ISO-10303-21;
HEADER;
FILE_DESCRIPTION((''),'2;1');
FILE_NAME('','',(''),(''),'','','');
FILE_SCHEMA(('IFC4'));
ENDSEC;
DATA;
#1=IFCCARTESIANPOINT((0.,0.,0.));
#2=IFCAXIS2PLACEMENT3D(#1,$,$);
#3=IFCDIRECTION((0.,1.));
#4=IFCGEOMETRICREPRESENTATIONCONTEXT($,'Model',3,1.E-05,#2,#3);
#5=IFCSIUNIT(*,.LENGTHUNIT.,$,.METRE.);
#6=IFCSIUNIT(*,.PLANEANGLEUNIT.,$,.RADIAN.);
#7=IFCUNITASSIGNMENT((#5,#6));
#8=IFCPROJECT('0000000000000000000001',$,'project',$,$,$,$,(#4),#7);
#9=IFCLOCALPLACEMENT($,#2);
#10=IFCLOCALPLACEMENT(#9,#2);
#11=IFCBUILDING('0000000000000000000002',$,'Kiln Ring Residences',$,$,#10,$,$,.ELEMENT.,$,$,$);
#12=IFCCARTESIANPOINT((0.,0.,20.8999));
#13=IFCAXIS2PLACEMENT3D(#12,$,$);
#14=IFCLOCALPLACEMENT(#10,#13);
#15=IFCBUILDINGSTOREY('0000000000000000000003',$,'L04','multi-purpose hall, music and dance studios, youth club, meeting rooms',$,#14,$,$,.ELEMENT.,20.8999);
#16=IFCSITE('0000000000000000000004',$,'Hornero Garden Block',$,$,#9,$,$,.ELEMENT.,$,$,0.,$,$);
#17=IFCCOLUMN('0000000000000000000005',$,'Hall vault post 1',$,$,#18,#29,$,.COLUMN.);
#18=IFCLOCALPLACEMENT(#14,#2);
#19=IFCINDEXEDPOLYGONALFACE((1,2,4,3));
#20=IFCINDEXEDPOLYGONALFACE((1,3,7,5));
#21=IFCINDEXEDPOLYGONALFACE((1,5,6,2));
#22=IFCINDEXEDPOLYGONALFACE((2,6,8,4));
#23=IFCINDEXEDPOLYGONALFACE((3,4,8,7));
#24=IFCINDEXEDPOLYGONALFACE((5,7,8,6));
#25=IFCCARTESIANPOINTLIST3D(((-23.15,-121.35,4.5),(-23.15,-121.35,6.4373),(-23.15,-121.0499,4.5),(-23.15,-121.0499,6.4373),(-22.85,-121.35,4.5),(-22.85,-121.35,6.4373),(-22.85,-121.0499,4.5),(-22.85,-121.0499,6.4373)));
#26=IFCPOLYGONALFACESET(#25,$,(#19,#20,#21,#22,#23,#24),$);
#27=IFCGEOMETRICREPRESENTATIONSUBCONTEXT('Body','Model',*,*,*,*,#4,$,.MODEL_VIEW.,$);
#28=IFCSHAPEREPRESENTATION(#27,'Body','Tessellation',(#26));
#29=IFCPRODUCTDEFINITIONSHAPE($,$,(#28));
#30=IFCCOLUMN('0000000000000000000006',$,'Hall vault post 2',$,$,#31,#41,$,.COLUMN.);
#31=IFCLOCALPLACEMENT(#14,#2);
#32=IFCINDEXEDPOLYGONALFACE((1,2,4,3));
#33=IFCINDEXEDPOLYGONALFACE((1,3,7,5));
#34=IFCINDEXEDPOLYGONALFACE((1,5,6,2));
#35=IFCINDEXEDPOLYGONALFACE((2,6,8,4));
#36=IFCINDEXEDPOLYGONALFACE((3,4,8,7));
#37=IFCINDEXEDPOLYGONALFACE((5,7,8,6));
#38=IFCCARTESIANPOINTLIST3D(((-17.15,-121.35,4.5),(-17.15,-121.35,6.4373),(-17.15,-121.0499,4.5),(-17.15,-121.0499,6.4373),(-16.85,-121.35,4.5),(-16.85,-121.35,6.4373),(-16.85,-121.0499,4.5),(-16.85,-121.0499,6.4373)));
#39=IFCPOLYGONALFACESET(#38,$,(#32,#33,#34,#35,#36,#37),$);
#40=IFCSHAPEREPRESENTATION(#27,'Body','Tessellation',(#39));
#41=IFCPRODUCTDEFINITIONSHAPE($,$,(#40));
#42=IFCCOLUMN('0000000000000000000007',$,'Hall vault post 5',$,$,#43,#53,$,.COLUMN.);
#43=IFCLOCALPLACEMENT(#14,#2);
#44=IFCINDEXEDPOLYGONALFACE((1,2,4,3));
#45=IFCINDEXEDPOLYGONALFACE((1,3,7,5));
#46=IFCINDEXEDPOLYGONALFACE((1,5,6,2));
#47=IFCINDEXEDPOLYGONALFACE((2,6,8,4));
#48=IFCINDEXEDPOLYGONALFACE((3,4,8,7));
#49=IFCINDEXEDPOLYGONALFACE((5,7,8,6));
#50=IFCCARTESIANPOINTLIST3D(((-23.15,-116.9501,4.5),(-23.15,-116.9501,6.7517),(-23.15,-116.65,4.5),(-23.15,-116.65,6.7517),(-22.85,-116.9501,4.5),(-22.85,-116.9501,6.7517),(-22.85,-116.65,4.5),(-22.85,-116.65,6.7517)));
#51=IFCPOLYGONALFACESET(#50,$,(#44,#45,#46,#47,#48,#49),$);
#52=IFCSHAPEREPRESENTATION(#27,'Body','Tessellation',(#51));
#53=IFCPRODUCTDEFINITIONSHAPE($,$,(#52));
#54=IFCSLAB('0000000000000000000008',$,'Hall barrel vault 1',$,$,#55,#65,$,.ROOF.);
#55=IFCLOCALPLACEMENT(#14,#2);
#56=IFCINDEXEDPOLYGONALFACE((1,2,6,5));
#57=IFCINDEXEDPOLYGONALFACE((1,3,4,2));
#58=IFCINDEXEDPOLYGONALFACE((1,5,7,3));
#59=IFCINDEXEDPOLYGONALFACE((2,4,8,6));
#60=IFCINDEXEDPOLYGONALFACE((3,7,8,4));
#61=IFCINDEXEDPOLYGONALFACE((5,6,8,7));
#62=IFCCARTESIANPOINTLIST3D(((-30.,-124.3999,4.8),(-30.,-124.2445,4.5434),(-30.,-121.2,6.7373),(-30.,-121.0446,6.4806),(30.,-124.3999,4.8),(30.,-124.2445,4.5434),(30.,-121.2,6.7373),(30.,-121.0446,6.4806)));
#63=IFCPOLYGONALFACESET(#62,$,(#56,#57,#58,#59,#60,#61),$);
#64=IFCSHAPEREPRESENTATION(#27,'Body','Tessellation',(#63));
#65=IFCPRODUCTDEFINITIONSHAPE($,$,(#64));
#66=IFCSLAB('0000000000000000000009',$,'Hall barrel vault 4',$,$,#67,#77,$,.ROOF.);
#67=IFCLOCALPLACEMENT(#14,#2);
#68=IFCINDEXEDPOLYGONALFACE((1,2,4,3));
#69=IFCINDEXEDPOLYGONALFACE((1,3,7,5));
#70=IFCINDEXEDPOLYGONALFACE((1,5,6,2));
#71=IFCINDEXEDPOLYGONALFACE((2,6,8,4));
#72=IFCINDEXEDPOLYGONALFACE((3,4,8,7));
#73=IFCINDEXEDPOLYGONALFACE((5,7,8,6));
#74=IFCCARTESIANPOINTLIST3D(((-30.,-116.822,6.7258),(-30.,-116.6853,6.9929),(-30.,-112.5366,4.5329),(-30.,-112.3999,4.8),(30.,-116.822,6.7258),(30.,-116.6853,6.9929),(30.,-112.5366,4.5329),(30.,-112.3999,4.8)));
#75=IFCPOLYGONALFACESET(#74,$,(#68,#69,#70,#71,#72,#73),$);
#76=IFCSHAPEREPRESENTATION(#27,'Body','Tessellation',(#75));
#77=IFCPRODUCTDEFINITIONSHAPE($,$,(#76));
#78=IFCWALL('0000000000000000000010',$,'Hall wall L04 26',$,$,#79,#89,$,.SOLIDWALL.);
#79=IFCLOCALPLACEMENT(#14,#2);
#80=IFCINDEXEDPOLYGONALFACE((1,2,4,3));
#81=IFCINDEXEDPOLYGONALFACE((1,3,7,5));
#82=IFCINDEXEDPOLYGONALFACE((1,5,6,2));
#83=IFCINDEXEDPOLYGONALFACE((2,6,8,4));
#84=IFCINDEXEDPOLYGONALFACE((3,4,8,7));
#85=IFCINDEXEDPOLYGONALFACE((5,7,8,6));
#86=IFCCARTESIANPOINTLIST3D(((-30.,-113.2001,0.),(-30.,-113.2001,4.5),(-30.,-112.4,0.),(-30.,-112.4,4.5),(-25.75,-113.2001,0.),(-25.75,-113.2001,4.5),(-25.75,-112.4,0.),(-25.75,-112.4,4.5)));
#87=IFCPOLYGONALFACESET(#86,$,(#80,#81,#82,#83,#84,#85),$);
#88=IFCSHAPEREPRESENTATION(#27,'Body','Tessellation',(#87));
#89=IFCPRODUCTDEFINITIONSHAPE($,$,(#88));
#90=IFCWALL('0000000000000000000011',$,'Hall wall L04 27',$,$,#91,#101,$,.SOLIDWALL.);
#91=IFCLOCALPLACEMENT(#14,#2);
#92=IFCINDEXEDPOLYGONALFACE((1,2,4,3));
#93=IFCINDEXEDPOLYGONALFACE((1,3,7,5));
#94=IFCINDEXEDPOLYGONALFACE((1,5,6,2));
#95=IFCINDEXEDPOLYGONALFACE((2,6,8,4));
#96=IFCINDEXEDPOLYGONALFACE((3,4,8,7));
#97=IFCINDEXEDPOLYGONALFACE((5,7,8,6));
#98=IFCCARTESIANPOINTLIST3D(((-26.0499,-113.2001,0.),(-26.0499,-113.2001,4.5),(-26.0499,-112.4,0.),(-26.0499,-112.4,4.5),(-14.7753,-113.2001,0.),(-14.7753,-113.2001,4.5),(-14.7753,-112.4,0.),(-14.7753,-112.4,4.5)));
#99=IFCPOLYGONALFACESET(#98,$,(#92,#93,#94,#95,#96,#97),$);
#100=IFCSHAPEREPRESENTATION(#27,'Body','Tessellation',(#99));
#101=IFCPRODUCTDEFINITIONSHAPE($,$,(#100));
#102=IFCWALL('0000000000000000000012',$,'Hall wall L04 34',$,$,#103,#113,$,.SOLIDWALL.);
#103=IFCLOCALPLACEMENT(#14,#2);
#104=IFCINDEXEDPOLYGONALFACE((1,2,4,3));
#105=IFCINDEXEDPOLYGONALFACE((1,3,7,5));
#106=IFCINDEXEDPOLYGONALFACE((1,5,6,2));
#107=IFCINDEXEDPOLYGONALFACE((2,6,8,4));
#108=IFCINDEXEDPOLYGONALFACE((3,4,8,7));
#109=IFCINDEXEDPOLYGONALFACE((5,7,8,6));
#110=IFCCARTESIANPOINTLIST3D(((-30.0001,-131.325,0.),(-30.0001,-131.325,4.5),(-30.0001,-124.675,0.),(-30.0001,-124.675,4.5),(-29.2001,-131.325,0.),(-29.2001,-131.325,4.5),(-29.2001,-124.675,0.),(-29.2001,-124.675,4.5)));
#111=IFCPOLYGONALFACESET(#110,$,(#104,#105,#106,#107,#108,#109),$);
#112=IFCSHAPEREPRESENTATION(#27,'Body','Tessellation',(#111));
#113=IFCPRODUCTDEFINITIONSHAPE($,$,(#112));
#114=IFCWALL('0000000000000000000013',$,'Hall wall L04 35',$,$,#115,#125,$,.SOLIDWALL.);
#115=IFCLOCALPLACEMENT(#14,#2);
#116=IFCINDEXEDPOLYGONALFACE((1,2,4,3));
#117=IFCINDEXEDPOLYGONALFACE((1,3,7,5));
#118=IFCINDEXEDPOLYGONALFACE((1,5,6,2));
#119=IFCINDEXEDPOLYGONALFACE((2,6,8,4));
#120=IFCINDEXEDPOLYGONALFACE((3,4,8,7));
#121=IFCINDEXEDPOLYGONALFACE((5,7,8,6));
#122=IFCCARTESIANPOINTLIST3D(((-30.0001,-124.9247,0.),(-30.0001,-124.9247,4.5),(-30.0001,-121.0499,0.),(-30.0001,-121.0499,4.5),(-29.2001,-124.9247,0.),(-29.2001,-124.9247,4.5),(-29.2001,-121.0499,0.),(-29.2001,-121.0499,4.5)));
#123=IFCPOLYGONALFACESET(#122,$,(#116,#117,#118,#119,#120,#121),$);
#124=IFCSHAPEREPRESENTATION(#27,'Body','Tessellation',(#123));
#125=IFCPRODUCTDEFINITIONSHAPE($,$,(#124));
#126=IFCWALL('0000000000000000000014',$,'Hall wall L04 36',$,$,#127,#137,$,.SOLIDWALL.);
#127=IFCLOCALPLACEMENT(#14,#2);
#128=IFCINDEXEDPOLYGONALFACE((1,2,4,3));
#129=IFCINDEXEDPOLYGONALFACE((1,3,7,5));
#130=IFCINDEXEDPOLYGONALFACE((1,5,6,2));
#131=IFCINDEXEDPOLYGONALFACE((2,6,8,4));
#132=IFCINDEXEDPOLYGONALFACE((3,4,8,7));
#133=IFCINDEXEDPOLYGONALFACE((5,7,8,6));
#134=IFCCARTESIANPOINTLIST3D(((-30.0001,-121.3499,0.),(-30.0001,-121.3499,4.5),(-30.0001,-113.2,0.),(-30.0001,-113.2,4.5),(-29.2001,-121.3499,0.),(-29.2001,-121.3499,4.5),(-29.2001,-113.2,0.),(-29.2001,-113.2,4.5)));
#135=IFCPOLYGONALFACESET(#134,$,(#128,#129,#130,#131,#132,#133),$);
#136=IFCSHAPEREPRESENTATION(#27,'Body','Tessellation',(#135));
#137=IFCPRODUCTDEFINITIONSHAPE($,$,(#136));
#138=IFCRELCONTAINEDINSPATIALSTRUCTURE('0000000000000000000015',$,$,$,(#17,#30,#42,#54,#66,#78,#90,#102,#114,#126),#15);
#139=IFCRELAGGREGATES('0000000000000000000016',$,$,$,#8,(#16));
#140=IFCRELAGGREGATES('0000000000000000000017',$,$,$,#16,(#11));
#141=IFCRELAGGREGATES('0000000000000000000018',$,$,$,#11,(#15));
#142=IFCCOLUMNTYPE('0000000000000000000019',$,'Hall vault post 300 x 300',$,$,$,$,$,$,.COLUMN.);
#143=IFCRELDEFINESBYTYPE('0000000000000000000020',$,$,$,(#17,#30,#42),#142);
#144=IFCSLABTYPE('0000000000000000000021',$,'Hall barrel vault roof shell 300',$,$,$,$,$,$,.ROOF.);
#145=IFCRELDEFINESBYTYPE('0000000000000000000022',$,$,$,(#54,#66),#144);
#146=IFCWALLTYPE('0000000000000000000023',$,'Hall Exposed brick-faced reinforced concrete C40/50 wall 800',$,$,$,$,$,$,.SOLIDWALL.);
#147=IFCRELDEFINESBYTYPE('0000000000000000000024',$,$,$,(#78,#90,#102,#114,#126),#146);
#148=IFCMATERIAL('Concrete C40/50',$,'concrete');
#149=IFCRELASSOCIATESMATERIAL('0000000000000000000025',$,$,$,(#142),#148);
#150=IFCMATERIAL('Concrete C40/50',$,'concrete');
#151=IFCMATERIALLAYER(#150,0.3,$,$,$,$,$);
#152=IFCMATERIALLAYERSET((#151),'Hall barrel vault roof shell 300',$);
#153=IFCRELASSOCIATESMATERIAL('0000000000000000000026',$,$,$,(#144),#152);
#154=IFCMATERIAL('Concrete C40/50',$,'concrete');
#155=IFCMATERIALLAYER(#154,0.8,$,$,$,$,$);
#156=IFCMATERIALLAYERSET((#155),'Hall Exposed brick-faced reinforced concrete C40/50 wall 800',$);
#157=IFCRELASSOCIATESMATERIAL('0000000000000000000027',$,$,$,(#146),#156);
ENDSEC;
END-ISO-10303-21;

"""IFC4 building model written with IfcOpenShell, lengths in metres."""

from ifc_helpers import new_model, si_unit, direction, frame, frame_2d, origin, origin_2d, place, context, subcontext, project, spatial, polyline, rectangle, outline, extrude, material, layer, layer_set, material_profile, profile_set, type_object, element, save


model = new_model("IFC4")

# Units and contexts
model_context = context("Model", 3, precision=1e-05, world=origin(), true_north=direction((0.0, 1.0)))
body_context = subcontext(model_context, "Body", "Model", "MODEL_VIEW")
ifc_project = project(units=[si_unit("LENGTHUNIT", "METRE"), si_unit("PLANEANGLEUNIT", "RADIAN")], contexts=[model_context])

# Site, building, storey
site_placement = place(None, origin())
site = spatial("IfcSite", under=ifc_project, at=site_placement, Name="Hornero Garden Block", CompositionType="ELEMENT", RefElevation=0.0)
building_placement = place(site_placement, origin())
building = spatial("IfcBuilding", under=site, at=building_placement, Name="Kiln Ring Residences", CompositionType="ELEMENT")
storey_placement = place(building_placement, frame((0.0, 0.0, 20.8999)))
storey = spatial("IfcBuildingStorey", under=building, at=storey_placement, Name="L04", Description="multi-purpose hall, music and dance studios, youth club, meeting rooms", CompositionType="ELEMENT", Elevation=20.8999)

# Columns
ifc_material_1 = material(Name="Concrete C40/50", Category="concrete")
ifc_material_profile = material_profile(ifc_material_1, rectangle(XDim=0.3, YDim=0.3, at=origin_2d()), Name="Hall vault post 300 x 300")
ifc_profile_set = profile_set([ifc_material_profile], Name="Concrete C40/50")
column_type = type_object("IfcColumnType", Name="Hall vault post 300 x 300", PredefinedType="COLUMN", material=ifc_profile_set)
for number, where, z_axis, x_axis, name in (
    (1, (-23.0, -121.2, 4.5), (0.0, 0.0, 1.0), (1.0, 0.0, 0.0), "Hall vault post 1"),
    (2, (-17.0, -121.2, 4.5), (0.0, 0.0, 1.0), (1.0, 0.0, 0.0), "Hall vault post 2"),
):
    element("IfcColumn", number, at=place(storey_placement, frame(where, z_axis=z_axis, x_axis=x_axis)), inside=storey, type_object=column_type, Name=name, PredefinedType="COLUMN", context=body_context, shape_type="SweptSolid", body=[
        extrude(rectangle(XDim=0.3, YDim=0.3, at=origin_2d()), origin(), (0.0, 0.0, 1.0), 1.9373),
    ])
column_placement = place(storey_placement, frame((-23.0, -116.8, 4.5), z_axis=(0.0, 0.0, 1.0), x_axis=(1.0, 0.0, 0.0)))
element("IfcColumn", 3, at=column_placement, inside=storey, type_object=column_type, Name="Hall vault post 5", PredefinedType="COLUMN", context=body_context, shape_type="SweptSolid", body=[
    extrude(rectangle(XDim=0.3, YDim=0.3, at=origin_2d()), origin(), (0.0, 0.0, 1.0), 2.2517),
])

# Slabs
ifc_material_2 = material(Name="Concrete C40/50", Category="concrete")
ifc_layer_1 = layer(ifc_material_2, 0.3)
ifc_layer_set_1 = layer_set([ifc_layer_1], Name="Hall barrel vault roof shell 300")
slab_type = type_object("IfcSlabType", Name="Hall barrel vault roof shell 300", PredefinedType="ROOF", material=ifc_layer_set_1)
slab_1_placement = place(storey_placement, frame((-30.0, -124.3999, 4.8), z_axis=(0.0, -0.517889, 0.855448), x_axis=(1.0, 0.0, 0.0)))
element("IfcSlab", 4, at=slab_1_placement, inside=storey, type_object=slab_type, Name="Hall barrel vault 1", PredefinedType="ROOF", context=body_context, shape_type="SweptSolid", body=[
    extrude(outline(polyline([(0.0, 0.0), (60.0, 0.0), (60.0, 3.7407), (0.0, 3.7407), (0.0, 0.0)])), origin(), (0.0, 0.0, -1.0), 0.3),
])
slab_2_placement = place(storey_placement, frame((-30.0, -116.6853, 6.9929), z_axis=(0.0, 0.455532, 0.890219), x_axis=(1.0, 0.0, 0.0)))
element("IfcSlab", 5, at=slab_2_placement, inside=storey, type_object=slab_type, Name="Hall barrel vault 4", PredefinedType="ROOF", context=body_context, shape_type="SweptSolid", body=[
    extrude(outline(polyline([(0.0, 0.0), (60.0, 0.0), (60.0, 4.8139), (0.0, 4.8139), (0.0, 0.0)])), origin(), (0.0, 0.0, -1.0), 0.3),
])

# Walls
ifc_material_3 = material(Name="Concrete C40/50", Category="concrete")
ifc_layer_2 = layer(ifc_material_3, 0.8)
ifc_layer_set_2 = layer_set([ifc_layer_2], Name="Hall Exposed brick-faced reinforced concrete C40/50 wall 800")
wall_type_1 = type_object("IfcWallType", Name="Hall Exposed brick-faced reinforced concrete C40/50 wall 800", PredefinedType="SOLIDWALL", material=ifc_layer_set_2)
wall_1_placement = place(storey_placement, frame((-30.0, -112.8, 0.0), z_axis=(0.0, 0.0, 1.0), x_axis=(1.0, 0.0, 0.0)))
element("IfcWall", 6, at=wall_1_placement, inside=storey, type_object=wall_type_1, Name="Hall wall L04 26", PredefinedType="SOLIDWALL", context=body_context, shape_type="SweptSolid", body=[
    extrude(rectangle(XDim=4.25, YDim=0.8, at=frame_2d((2.125, 0.0))), origin(), (0.0, 0.0, 1.0), 4.5),
])
wall_2_placement = place(storey_placement, frame((-26.0498, -112.8, 0.0), z_axis=(0.0, 0.0, 1.0), x_axis=(1.0, 0.0, 0.0)))
element("IfcWall", 7, at=wall_2_placement, inside=storey, type_object=wall_type_1, Name="Hall wall L04 27", PredefinedType="SOLIDWALL", context=body_context, shape_type="SweptSolid", body=[
    extrude(rectangle(XDim=11.2747, YDim=0.8, at=frame_2d((5.6372, 0.0))), origin(), (0.0, 0.0, 1.0), 4.5),
])
wall_3_placement = place(storey_placement, frame((-29.6001, -131.325, 0.0), z_axis=(0.0, 0.0, 1.0), x_axis=(0.0, 1.0, 0.0)))
element("IfcWall", 8, at=wall_3_placement, inside=storey, type_object=wall_type_1, Name="Hall wall L04 34", PredefinedType="SOLIDWALL", context=body_context, shape_type="SweptSolid", body=[
    extrude(rectangle(XDim=6.6499, YDim=0.8, at=frame_2d((3.325, 0.0))), origin(), (0.0, 0.0, 1.0), 4.5),
])
wall_4_placement = place(storey_placement, frame((-29.6001, -124.9248, 0.0), z_axis=(0.0, 0.0, 1.0), x_axis=(0.0, 1.0, 0.0)))
element("IfcWall", 9, at=wall_4_placement, inside=storey, type_object=wall_type_1, Name="Hall wall L04 35", PredefinedType="SOLIDWALL", context=body_context, shape_type="SweptSolid", body=[
    extrude(rectangle(XDim=3.8748, YDim=0.8, at=frame_2d((1.9375, 0.0))), origin(), (0.0, 0.0, 1.0), 4.5),
])
wall_5_placement = place(storey_placement, frame((-29.6001, -121.3499, 0.0), z_axis=(0.0, 0.0, 1.0), x_axis=(0.0, 1.0, 0.0)))
element("IfcWall", 10, at=wall_5_placement, inside=storey, type_object=wall_type_1, Name="Hall wall L04 36", PredefinedType="SOLIDWALL", context=body_context, shape_type="SweptSolid", body=[
    extrude(rectangle(XDim=8.1499, YDim=0.8, at=frame_2d((4.075, 0.0))), origin(), (0.0, 0.0, 1.0), 4.5),
])

save(model, "model.ifc")
